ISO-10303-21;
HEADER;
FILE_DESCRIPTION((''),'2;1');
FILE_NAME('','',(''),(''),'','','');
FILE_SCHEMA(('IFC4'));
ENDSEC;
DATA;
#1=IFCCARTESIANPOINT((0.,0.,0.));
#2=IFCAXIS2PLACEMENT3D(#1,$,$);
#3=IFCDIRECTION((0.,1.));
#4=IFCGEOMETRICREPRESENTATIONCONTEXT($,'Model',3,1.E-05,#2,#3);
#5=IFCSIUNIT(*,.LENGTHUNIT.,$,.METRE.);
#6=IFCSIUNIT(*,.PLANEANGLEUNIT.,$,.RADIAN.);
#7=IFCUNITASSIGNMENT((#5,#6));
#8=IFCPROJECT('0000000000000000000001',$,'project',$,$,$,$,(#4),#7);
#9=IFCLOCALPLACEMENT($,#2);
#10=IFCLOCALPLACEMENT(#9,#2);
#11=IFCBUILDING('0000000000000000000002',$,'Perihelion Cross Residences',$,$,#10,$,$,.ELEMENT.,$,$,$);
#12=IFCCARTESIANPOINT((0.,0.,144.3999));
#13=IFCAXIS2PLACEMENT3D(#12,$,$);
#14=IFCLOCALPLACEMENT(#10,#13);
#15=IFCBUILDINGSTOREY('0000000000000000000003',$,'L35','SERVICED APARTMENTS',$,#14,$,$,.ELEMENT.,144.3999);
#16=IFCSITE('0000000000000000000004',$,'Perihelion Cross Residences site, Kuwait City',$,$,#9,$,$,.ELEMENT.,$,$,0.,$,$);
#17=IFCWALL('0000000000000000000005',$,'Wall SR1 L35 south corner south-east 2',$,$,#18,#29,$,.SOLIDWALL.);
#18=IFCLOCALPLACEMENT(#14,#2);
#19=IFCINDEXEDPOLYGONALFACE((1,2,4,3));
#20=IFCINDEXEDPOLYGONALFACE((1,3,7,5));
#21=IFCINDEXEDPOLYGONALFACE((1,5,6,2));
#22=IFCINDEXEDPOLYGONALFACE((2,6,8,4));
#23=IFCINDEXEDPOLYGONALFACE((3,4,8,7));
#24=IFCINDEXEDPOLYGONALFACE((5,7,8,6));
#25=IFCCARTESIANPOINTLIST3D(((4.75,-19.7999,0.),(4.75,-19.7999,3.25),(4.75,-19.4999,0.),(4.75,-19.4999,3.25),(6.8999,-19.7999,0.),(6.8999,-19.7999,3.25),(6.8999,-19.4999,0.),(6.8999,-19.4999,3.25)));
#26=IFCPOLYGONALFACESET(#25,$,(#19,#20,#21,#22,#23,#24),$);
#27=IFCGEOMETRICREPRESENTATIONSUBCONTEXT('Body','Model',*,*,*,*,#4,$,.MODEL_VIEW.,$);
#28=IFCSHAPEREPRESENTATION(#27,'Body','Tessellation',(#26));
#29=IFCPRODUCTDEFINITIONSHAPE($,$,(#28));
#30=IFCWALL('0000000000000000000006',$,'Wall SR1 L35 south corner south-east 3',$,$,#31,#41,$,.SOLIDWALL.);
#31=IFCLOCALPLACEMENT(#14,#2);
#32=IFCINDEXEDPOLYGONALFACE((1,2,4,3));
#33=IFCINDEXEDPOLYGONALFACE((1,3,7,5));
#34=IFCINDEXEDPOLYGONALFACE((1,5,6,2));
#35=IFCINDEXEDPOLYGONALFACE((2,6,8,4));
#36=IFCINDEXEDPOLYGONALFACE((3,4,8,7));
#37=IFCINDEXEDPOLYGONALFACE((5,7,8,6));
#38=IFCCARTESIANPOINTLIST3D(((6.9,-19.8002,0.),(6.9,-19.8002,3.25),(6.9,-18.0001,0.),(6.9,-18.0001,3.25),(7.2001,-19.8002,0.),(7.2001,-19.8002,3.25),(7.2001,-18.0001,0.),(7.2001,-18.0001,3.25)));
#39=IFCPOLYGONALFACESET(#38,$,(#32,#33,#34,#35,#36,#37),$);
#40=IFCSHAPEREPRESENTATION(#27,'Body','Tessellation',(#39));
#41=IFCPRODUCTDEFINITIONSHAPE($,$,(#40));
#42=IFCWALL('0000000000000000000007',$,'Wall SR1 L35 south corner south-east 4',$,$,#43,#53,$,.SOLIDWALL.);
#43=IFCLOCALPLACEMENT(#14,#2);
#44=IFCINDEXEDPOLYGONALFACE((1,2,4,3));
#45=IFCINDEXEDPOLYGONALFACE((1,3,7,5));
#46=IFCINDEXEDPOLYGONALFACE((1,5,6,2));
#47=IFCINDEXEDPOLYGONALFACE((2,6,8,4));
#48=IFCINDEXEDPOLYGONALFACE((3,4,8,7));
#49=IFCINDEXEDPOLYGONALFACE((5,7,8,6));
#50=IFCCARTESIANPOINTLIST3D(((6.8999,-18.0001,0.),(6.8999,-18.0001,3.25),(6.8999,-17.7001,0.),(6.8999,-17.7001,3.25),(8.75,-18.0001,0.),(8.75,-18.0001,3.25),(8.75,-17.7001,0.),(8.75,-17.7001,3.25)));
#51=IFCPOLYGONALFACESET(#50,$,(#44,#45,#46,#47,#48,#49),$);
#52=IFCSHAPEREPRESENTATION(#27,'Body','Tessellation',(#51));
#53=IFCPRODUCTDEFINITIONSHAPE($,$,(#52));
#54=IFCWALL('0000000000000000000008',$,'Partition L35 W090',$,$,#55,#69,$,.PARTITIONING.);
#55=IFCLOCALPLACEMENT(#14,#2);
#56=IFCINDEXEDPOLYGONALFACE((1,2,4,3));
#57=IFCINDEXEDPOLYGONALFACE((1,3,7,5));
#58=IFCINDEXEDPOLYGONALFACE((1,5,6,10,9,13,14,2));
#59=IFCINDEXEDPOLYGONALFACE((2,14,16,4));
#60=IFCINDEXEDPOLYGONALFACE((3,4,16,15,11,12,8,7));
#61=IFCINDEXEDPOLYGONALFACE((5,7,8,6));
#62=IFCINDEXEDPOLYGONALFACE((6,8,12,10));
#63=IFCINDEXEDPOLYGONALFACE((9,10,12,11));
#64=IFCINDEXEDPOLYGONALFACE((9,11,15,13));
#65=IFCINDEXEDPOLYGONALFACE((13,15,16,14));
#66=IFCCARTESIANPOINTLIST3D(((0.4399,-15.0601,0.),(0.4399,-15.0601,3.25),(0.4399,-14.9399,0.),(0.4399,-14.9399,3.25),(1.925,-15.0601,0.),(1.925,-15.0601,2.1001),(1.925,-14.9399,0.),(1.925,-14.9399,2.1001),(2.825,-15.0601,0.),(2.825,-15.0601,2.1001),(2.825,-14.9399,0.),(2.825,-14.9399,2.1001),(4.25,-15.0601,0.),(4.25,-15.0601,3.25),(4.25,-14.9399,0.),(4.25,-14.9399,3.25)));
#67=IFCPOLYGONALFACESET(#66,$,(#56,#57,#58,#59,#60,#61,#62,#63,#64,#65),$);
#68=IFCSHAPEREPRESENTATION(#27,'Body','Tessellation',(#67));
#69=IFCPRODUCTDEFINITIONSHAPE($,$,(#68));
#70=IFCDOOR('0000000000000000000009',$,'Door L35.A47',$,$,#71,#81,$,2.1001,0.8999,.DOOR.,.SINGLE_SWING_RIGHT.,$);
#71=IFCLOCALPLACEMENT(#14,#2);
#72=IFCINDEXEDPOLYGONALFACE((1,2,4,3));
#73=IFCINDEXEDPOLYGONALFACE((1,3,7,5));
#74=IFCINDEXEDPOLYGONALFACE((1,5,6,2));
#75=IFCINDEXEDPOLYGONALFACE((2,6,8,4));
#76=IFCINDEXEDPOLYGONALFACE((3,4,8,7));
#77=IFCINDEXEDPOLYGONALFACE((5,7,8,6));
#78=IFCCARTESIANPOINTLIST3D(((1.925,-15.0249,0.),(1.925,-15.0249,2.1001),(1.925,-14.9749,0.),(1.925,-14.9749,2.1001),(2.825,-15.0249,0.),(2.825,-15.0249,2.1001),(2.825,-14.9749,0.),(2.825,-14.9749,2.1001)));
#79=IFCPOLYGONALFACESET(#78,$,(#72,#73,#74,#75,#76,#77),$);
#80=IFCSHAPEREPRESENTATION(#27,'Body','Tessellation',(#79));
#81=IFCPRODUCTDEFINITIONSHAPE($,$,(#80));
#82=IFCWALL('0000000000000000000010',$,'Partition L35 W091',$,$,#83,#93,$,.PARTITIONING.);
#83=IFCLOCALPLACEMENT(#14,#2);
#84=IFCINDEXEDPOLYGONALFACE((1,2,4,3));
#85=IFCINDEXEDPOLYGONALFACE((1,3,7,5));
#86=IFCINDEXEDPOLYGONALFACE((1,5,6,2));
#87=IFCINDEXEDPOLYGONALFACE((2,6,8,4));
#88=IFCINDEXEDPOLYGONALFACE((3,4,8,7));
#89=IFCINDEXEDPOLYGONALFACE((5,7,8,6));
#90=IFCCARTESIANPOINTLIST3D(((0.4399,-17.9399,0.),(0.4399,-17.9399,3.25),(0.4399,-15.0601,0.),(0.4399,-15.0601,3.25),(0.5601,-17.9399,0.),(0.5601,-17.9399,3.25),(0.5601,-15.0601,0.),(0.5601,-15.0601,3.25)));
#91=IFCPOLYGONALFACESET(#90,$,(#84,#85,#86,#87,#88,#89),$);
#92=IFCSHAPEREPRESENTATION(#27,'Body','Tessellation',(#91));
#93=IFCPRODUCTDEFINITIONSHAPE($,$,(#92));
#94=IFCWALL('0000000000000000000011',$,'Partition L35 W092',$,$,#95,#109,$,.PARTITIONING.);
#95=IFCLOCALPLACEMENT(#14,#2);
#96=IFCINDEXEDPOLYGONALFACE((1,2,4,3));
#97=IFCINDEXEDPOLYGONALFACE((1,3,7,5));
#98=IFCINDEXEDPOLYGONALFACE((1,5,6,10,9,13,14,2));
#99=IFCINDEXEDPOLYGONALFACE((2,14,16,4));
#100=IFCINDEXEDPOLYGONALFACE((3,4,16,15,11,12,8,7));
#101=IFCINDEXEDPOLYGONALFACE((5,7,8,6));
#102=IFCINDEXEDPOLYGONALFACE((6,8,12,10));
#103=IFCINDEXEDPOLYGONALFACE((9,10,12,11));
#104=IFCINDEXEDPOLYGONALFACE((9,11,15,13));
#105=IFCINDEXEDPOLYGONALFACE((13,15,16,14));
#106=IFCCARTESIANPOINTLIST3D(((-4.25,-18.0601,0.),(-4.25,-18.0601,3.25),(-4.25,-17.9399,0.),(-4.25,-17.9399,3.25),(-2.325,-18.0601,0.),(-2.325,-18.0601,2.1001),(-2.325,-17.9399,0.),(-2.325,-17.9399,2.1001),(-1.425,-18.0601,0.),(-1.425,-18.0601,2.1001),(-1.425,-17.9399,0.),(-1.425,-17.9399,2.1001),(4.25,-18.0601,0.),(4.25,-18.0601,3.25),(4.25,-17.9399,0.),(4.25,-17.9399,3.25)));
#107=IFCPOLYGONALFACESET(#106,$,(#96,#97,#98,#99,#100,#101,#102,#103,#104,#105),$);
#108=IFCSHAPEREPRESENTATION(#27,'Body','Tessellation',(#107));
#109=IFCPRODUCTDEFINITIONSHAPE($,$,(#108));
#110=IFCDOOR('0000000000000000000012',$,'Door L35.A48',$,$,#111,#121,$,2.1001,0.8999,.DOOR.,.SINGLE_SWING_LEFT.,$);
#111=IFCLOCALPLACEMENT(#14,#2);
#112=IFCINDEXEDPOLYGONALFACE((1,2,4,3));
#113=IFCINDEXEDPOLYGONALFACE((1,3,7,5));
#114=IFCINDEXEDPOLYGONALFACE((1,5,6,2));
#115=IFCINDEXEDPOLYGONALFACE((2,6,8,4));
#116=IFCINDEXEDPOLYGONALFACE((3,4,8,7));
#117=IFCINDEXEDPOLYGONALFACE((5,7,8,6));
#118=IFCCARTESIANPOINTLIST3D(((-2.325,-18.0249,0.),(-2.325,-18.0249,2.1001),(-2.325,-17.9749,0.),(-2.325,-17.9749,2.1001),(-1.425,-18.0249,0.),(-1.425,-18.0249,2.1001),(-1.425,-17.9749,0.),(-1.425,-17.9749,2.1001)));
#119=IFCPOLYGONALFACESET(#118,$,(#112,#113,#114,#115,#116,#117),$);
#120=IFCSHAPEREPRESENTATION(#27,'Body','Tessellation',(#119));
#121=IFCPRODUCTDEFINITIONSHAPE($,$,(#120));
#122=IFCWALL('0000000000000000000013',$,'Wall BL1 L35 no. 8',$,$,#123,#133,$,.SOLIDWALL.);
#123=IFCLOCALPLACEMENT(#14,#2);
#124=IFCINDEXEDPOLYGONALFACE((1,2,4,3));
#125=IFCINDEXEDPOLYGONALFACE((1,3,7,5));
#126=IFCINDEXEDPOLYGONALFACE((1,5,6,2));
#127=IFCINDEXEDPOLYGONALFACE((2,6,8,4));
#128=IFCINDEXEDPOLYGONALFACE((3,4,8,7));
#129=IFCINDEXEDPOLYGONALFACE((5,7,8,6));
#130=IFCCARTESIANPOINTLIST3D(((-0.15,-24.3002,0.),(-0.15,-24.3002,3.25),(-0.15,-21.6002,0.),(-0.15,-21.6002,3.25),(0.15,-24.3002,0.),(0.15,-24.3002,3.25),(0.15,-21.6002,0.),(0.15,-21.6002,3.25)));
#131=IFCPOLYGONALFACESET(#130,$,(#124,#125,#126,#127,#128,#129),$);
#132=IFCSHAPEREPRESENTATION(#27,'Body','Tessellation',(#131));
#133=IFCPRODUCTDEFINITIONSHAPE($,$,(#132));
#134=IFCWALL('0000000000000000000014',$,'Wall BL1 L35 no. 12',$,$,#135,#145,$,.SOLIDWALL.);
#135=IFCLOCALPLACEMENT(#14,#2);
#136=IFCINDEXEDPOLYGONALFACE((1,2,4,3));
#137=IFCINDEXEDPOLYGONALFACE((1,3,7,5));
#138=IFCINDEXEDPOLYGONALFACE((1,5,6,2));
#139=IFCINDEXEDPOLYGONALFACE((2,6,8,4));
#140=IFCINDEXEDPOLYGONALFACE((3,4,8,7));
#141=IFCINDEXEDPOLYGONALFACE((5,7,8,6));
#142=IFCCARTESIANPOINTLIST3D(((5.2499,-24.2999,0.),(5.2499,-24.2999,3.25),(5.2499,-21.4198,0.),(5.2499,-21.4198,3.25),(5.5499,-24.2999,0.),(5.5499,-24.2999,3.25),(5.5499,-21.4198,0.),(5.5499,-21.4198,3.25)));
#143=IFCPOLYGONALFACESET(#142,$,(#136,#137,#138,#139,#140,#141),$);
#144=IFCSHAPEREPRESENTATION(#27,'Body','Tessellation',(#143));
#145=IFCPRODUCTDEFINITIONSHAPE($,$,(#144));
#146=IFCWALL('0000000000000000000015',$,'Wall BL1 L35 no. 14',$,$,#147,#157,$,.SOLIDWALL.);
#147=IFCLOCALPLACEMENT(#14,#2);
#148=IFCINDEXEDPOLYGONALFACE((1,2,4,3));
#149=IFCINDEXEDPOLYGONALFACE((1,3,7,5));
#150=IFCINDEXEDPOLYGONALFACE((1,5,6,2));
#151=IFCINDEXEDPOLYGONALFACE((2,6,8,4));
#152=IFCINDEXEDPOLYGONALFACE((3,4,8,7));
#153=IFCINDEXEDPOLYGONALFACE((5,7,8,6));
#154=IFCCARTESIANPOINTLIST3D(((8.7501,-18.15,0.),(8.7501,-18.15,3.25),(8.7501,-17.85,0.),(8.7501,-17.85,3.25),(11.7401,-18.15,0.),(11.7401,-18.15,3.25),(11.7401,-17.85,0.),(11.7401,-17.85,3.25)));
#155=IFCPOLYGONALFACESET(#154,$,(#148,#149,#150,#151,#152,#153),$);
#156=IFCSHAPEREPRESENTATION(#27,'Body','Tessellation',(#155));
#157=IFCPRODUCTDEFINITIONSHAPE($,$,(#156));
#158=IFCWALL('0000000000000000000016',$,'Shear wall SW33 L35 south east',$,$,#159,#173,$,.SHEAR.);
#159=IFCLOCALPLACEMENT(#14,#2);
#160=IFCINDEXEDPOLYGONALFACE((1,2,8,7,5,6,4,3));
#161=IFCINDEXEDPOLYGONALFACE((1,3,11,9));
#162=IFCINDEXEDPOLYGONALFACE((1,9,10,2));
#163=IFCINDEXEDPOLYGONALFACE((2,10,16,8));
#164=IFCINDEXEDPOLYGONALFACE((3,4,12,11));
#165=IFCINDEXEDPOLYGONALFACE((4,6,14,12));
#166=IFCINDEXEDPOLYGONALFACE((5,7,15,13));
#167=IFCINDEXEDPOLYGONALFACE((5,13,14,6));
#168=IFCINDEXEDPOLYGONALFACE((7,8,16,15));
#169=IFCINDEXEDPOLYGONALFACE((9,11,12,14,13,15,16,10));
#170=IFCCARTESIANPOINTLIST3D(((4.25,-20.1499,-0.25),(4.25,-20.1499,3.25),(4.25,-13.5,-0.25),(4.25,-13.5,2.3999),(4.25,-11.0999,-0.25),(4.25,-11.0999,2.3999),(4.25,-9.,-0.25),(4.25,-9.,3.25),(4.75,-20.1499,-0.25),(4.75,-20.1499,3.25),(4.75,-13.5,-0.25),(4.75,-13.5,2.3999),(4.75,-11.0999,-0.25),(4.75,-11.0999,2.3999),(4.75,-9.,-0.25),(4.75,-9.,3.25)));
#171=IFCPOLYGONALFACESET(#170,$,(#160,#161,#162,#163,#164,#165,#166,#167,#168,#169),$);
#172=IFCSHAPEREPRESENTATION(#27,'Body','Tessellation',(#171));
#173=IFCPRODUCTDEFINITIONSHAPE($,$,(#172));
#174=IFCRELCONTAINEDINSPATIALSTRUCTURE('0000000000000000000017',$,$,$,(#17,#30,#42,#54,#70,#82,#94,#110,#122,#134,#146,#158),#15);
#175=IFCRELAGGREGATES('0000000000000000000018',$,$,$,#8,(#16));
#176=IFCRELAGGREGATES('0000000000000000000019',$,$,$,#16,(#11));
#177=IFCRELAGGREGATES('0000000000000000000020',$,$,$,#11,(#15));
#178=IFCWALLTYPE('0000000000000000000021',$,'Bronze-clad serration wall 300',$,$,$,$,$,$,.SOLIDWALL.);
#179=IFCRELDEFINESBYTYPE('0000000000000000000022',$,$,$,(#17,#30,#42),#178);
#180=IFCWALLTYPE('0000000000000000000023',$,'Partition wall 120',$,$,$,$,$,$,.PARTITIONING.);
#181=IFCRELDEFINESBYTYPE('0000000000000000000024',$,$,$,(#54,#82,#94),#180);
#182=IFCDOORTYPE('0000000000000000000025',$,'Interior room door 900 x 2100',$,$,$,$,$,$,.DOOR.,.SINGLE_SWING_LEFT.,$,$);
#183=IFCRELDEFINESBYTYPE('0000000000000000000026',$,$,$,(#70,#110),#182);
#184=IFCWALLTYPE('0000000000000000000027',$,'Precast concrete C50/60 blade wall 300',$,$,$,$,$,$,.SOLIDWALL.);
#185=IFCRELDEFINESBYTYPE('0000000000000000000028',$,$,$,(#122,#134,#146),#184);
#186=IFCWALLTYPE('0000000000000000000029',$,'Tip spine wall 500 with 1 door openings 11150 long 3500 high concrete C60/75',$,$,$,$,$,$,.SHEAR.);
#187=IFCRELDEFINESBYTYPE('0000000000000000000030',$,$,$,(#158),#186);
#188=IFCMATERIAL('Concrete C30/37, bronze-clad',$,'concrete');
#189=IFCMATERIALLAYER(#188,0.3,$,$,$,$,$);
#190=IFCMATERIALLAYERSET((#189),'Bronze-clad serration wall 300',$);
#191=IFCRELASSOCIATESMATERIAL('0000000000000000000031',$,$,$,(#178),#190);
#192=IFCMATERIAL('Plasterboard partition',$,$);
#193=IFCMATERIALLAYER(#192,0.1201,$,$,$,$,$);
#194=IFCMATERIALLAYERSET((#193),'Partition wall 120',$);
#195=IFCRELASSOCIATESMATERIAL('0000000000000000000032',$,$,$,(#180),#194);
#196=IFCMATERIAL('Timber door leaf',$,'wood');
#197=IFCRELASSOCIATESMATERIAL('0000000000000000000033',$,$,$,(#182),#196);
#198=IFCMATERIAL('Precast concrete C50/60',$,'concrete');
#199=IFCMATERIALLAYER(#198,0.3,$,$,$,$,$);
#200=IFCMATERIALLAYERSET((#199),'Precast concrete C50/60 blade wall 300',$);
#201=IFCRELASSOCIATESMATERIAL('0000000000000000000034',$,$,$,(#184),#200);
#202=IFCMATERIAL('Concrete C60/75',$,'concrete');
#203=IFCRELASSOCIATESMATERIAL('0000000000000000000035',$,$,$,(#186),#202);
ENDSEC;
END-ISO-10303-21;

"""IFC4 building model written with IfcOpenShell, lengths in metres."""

from ifc_helpers import new_model, si_unit, direction, frame, frame_2d, origin, place, context, subcontext, project, spatial, polyline, rectangle, outline, extrude, material, layer, layer_set, material_profile, profile_set, type_object, element, fill, save


model = new_model("IFC4")

# Units and contexts
model_context = context("Model", 3, precision=1e-05, world=origin(), true_north=direction((0.0, 1.0)))
body_context = subcontext(model_context, "Body", "Model", "MODEL_VIEW")
ifc_project = project(units=[si_unit("LENGTHUNIT", "METRE"), si_unit("PLANEANGLEUNIT", "RADIAN")], contexts=[model_context])

# Site, building, storey
site_placement = place(None, origin())
site = spatial("IfcSite", under=ifc_project, at=site_placement, Name="Perihelion Cross Residences site, Kuwait City", CompositionType="ELEMENT", RefElevation=0.0)
building_placement = place(site_placement, origin())
building = spatial("IfcBuilding", under=site, at=building_placement, Name="Perihelion Cross Residences", CompositionType="ELEMENT")
storey_placement = place(building_placement, frame((0.0, 0.0, 144.3999)))
storey = spatial("IfcBuildingStorey", under=building, at=storey_placement, Name="L35", Description="SERVICED APARTMENTS", CompositionType="ELEMENT", Elevation=144.3999)

# Walls
ifc_material_1 = material(Name="Concrete C30/37, bronze-clad", Category="concrete")
ifc_layer_1 = layer(ifc_material_1, 0.3)
ifc_layer_set_1 = layer_set([ifc_layer_1], Name="Bronze-clad serration wall 300")
wall_type_1 = type_object("IfcWallType", Name="Bronze-clad serration wall 300", PredefinedType="SOLIDWALL", material=ifc_layer_set_1)
wall_1_placement = place(storey_placement, frame((4.75, -19.6499, 0.0), z_axis=(0.0, 0.0, 1.0), x_axis=(1.0, 0.0, 0.0)))
element("IfcWall", 1, at=wall_1_placement, inside=storey, type_object=wall_type_1, Name="Wall SR1 L35 south corner south-east 2", PredefinedType="SOLIDWALL", context=body_context, shape_type="SweptSolid", body=[
    extrude(rectangle(XDim=2.1499, YDim=0.3, at=frame_2d((1.075, 0.0))), origin(), (0.0, 0.0, 1.0), 3.25),
])
wall_2_placement = place(storey_placement, frame((7.05, -19.8, 0.0), z_axis=(0.0, 0.0, 1.0), x_axis=(0.0, 1.0, 0.0)))
element("IfcWall", 2, at=wall_2_placement, inside=storey, type_object=wall_type_1, Name="Wall SR1 L35 south corner south-east 3", PredefinedType="SOLIDWALL", context=body_context, shape_type="SweptSolid", body=[
    extrude(rectangle(XDim=1.8, YDim=0.3, at=frame_2d((0.8999, 0.0))), origin(), (0.0, 0.0, 1.0), 3.25),
])
wall_3_placement = place(storey_placement, frame((6.8999, -17.8501, 0.0), z_axis=(0.0, 0.0, 1.0), x_axis=(1.0, 0.0, 0.0)))
element("IfcWall", 3, at=wall_3_placement, inside=storey, type_object=wall_type_1, Name="Wall SR1 L35 south corner south-east 4", PredefinedType="SOLIDWALL", context=body_context, shape_type="SweptSolid", body=[
    extrude(rectangle(XDim=1.8501, YDim=0.3, at=frame_2d((0.925, 0.0))), origin(), (0.0, 0.0, 1.0), 3.25),
])

# Wall, opening, door
ifc_material_2 = material(Name="Plasterboard partition")
ifc_layer_2 = layer(ifc_material_2, 0.1201)
ifc_layer_set_2 = layer_set([ifc_layer_2], Name="Partition wall 120")
wall_type_2 = type_object("IfcWallType", Name="Partition wall 120", PredefinedType="PARTITIONING", material=ifc_layer_set_2)
wall_4_placement = place(storey_placement, frame((4.25, -15.0, 0.0), z_axis=(0.0, 0.0, 1.0), x_axis=(-1.0, 0.0, 0.0)))
wall_4 = element("IfcWall", 4, at=wall_4_placement, inside=storey, type_object=wall_type_2, Name="Partition L35 W090", PredefinedType="PARTITIONING", context=body_context, shape_type="SweptSolid", body=[
    extrude(rectangle(XDim=3.8101, YDim=0.1201, at=frame_2d((1.905, 0.0))), origin(), (0.0, 0.0, 1.0), 3.25),
])
opening_1_placement = place(wall_4_placement, frame((1.425, 0.0, 0.0)))
opening_1 = element("IfcOpeningElement", 5, at=opening_1_placement, cuts=wall_4, PredefinedType="OPENING", context=body_context, shape_type="SweptSolid", body=[
    extrude(rectangle(XDim=0.8999, YDim=2.1001, at=frame_2d((0.45, 1.05))), frame((0.0, 0.0701, 0.0), z_axis=(0.0, -1.0, 0.0), x_axis=(1.0, 0.0, 0.0)), (0.0, 0.0, 1.0), 0.1401),
])
ifc_material_3 = material(Name="Timber door leaf", Category="wood")
door_type_1 = type_object("IfcDoorType", Name="Interior room door 900 x 2100", OperationType="SINGLE_SWING_LEFT", PredefinedType="DOOR", material=ifc_material_3)
door_1_placement = place(opening_1_placement, origin())
door_1 = element("IfcDoor", 6, at=door_1_placement, inside=storey, type_object=door_type_1, Name="Door L35.A47", OperationType="SINGLE_SWING_RIGHT", OverallHeight=2.1001, OverallWidth=0.8999, PredefinedType="DOOR", context=body_context, shape_type="SweptSolid", body=[
    extrude(rectangle(XDim=0.8999, YDim=2.1001, at=frame_2d((0.45, 1.05))), frame((0.0, 0.0249, 0.0), z_axis=(0.0, -1.0, 0.0), x_axis=(1.0, 0.0, 0.0)), (0.0, 0.0, 1.0), 0.05),
])
fill(opening_1, door_1)

# Wall
wall_5_placement = place(storey_placement, frame((0.5, -15.0601, 0.0), z_axis=(0.0, 0.0, 1.0), x_axis=(0.0, -1.0, 0.0)))
element("IfcWall", 7, at=wall_5_placement, inside=storey, type_object=wall_type_2, Name="Partition L35 W091", PredefinedType="PARTITIONING", context=body_context, shape_type="SweptSolid", body=[
    extrude(rectangle(XDim=2.8799, YDim=0.1201, at=frame_2d((1.4399, 0.0))), origin(), (0.0, 0.0, 1.0), 3.25),
])

# Wall, opening, door
wall_6_placement = place(storey_placement, frame((4.25, -18.0, 0.0), z_axis=(0.0, 0.0, 1.0), x_axis=(-1.0, 0.0, 0.0)))
wall_6 = element("IfcWall", 8, at=wall_6_placement, inside=storey, type_object=wall_type_2, Name="Partition L35 W092", PredefinedType="PARTITIONING", context=body_context, shape_type="SweptSolid", body=[
    extrude(rectangle(XDim=8.5, YDim=0.1201, at=frame_2d((4.25, 0.0))), origin(), (0.0, 0.0, 1.0), 3.25),
])
opening_2_placement = place(wall_6_placement, frame((5.675, 0.0, 0.0)))
opening_2 = element("IfcOpeningElement", 9, at=opening_2_placement, cuts=wall_6, PredefinedType="OPENING", context=body_context, shape_type="SweptSolid", body=[
    extrude(rectangle(XDim=0.8999, YDim=2.1001, at=frame_2d((0.45, 1.05))), frame((0.0, 0.0701, 0.0), z_axis=(0.0, -1.0, 0.0), x_axis=(1.0, 0.0, 0.0)), (0.0, 0.0, 1.0), 0.1401),
])
door_2_placement = place(opening_2_placement, origin())
door_2 = element("IfcDoor", 10, at=door_2_placement, inside=storey, type_object=door_type_1, Name="Door L35.A48", OperationType="SINGLE_SWING_LEFT", OverallHeight=2.1001, OverallWidth=0.8999, PredefinedType="DOOR", context=body_context, shape_type="SweptSolid", body=[
    extrude(rectangle(XDim=0.8999, YDim=2.1001, at=frame_2d((0.45, 1.05))), frame((0.0, 0.0249, 0.0), z_axis=(0.0, -1.0, 0.0), x_axis=(1.0, 0.0, 0.0)), (0.0, 0.0, 1.0), 0.05),
])
fill(opening_2, door_2)

# Walls
ifc_material_4 = material(Name="Precast concrete C50/60", Category="concrete")
ifc_layer_3 = layer(ifc_material_4, 0.3)
ifc_layer_set_3 = layer_set([ifc_layer_3], Name="Precast concrete C50/60 blade wall 300")
wall_type_3 = type_object("IfcWallType", Name="Precast concrete C50/60 blade wall 300", PredefinedType="SOLIDWALL", material=ifc_layer_set_3)
wall_7_placement = place(storey_placement, frame((0.0, -21.6001, 0.0), z_axis=(0.0, 0.0, 1.0), x_axis=(0.0, -1.0, 0.0)))
element("IfcWall", 11, at=wall_7_placement, inside=storey, type_object=wall_type_3, Name="Wall BL1 L35 no. 8", PredefinedType="SOLIDWALL", context=body_context, shape_type="SweptSolid", body=[
    extrude(rectangle(XDim=2.7, YDim=0.3, at=frame_2d((1.3501, 0.0))), origin(), (0.0, 0.0, 1.0), 3.25),
])
wall_8_placement = place(storey_placement, frame((5.3999, -21.4199, 0.0), z_axis=(0.0, 0.0, 1.0), x_axis=(0.0, -1.0, 0.0)))
element("IfcWall", 12, at=wall_8_placement, inside=storey, type_object=wall_type_3, Name="Wall BL1 L35 no. 12", PredefinedType="SOLIDWALL", context=body_context, shape_type="SweptSolid", body=[
    extrude(rectangle(XDim=2.8801, YDim=0.3, at=frame_2d((1.4399, 0.0))), origin(), (0.0, 0.0, 1.0), 3.25),
])
wall_9_placement = place(storey_placement, frame((8.75, -18.0, 0.0), z_axis=(0.0, 0.0, 1.0), x_axis=(1.0, 0.0, 0.0)))
element("IfcWall", 13, at=wall_9_placement, inside=storey, type_object=wall_type_3, Name="Wall BL1 L35 no. 14", PredefinedType="SOLIDWALL", context=body_context, shape_type="SweptSolid", body=[
    extrude(rectangle(XDim=2.99, YDim=0.3, at=frame_2d((1.4951, 0.0))), origin(), (0.0, 0.0, 1.0), 3.25),
])
ifc_material_5 = material(Name="Concrete C60/75", Category="concrete")
ifc_material_profile_1 = material_profile(ifc_material_5, outline(polyline([(0.0, 0.0), (6.6499, 0.0), (6.6499, 2.6499), (9.05, 2.6499), (9.05, 0.0), (11.1499, 0.0), (11.1499, 3.5), (0.0, 3.5), (0.0, 0.0)])), Name="Tip spine wall")
ifc_profile_set_1 = profile_set([ifc_material_profile_1], Name="Concrete C60/75")
wall_type_4 = type_object("IfcWallType", Name="Tip spine wall 500 with 1 door openings 11150 long 3500 high concrete C60/75", PredefinedType="SHEAR", material=ifc_profile_set_1)
wall_10_placement = place(storey_placement, frame((4.25, -20.1499, -0.25), z_axis=(1.0, 0.0, 0.0), x_axis=(0.0, 1.0, 0.0)))
element("IfcWall", 14, at=wall_10_placement, inside=storey, type_object=wall_type_4, Name="Shear wall SW33 L35 south east", PredefinedType="SHEAR", context=body_context, shape_type="SweptSolid", body=[
    extrude(outline(polyline([(0.0, 0.0), (6.6499, 0.0), (6.6499, 2.6499), (9.05, 2.6499), (9.05, 0.0), (11.1499, 0.0), (11.1499, 3.5), (0.0, 3.5), (0.0, 0.0)])), origin(), (0.0, 0.0, 1.0), 0.5),
])

save(model, "model.ifc")
